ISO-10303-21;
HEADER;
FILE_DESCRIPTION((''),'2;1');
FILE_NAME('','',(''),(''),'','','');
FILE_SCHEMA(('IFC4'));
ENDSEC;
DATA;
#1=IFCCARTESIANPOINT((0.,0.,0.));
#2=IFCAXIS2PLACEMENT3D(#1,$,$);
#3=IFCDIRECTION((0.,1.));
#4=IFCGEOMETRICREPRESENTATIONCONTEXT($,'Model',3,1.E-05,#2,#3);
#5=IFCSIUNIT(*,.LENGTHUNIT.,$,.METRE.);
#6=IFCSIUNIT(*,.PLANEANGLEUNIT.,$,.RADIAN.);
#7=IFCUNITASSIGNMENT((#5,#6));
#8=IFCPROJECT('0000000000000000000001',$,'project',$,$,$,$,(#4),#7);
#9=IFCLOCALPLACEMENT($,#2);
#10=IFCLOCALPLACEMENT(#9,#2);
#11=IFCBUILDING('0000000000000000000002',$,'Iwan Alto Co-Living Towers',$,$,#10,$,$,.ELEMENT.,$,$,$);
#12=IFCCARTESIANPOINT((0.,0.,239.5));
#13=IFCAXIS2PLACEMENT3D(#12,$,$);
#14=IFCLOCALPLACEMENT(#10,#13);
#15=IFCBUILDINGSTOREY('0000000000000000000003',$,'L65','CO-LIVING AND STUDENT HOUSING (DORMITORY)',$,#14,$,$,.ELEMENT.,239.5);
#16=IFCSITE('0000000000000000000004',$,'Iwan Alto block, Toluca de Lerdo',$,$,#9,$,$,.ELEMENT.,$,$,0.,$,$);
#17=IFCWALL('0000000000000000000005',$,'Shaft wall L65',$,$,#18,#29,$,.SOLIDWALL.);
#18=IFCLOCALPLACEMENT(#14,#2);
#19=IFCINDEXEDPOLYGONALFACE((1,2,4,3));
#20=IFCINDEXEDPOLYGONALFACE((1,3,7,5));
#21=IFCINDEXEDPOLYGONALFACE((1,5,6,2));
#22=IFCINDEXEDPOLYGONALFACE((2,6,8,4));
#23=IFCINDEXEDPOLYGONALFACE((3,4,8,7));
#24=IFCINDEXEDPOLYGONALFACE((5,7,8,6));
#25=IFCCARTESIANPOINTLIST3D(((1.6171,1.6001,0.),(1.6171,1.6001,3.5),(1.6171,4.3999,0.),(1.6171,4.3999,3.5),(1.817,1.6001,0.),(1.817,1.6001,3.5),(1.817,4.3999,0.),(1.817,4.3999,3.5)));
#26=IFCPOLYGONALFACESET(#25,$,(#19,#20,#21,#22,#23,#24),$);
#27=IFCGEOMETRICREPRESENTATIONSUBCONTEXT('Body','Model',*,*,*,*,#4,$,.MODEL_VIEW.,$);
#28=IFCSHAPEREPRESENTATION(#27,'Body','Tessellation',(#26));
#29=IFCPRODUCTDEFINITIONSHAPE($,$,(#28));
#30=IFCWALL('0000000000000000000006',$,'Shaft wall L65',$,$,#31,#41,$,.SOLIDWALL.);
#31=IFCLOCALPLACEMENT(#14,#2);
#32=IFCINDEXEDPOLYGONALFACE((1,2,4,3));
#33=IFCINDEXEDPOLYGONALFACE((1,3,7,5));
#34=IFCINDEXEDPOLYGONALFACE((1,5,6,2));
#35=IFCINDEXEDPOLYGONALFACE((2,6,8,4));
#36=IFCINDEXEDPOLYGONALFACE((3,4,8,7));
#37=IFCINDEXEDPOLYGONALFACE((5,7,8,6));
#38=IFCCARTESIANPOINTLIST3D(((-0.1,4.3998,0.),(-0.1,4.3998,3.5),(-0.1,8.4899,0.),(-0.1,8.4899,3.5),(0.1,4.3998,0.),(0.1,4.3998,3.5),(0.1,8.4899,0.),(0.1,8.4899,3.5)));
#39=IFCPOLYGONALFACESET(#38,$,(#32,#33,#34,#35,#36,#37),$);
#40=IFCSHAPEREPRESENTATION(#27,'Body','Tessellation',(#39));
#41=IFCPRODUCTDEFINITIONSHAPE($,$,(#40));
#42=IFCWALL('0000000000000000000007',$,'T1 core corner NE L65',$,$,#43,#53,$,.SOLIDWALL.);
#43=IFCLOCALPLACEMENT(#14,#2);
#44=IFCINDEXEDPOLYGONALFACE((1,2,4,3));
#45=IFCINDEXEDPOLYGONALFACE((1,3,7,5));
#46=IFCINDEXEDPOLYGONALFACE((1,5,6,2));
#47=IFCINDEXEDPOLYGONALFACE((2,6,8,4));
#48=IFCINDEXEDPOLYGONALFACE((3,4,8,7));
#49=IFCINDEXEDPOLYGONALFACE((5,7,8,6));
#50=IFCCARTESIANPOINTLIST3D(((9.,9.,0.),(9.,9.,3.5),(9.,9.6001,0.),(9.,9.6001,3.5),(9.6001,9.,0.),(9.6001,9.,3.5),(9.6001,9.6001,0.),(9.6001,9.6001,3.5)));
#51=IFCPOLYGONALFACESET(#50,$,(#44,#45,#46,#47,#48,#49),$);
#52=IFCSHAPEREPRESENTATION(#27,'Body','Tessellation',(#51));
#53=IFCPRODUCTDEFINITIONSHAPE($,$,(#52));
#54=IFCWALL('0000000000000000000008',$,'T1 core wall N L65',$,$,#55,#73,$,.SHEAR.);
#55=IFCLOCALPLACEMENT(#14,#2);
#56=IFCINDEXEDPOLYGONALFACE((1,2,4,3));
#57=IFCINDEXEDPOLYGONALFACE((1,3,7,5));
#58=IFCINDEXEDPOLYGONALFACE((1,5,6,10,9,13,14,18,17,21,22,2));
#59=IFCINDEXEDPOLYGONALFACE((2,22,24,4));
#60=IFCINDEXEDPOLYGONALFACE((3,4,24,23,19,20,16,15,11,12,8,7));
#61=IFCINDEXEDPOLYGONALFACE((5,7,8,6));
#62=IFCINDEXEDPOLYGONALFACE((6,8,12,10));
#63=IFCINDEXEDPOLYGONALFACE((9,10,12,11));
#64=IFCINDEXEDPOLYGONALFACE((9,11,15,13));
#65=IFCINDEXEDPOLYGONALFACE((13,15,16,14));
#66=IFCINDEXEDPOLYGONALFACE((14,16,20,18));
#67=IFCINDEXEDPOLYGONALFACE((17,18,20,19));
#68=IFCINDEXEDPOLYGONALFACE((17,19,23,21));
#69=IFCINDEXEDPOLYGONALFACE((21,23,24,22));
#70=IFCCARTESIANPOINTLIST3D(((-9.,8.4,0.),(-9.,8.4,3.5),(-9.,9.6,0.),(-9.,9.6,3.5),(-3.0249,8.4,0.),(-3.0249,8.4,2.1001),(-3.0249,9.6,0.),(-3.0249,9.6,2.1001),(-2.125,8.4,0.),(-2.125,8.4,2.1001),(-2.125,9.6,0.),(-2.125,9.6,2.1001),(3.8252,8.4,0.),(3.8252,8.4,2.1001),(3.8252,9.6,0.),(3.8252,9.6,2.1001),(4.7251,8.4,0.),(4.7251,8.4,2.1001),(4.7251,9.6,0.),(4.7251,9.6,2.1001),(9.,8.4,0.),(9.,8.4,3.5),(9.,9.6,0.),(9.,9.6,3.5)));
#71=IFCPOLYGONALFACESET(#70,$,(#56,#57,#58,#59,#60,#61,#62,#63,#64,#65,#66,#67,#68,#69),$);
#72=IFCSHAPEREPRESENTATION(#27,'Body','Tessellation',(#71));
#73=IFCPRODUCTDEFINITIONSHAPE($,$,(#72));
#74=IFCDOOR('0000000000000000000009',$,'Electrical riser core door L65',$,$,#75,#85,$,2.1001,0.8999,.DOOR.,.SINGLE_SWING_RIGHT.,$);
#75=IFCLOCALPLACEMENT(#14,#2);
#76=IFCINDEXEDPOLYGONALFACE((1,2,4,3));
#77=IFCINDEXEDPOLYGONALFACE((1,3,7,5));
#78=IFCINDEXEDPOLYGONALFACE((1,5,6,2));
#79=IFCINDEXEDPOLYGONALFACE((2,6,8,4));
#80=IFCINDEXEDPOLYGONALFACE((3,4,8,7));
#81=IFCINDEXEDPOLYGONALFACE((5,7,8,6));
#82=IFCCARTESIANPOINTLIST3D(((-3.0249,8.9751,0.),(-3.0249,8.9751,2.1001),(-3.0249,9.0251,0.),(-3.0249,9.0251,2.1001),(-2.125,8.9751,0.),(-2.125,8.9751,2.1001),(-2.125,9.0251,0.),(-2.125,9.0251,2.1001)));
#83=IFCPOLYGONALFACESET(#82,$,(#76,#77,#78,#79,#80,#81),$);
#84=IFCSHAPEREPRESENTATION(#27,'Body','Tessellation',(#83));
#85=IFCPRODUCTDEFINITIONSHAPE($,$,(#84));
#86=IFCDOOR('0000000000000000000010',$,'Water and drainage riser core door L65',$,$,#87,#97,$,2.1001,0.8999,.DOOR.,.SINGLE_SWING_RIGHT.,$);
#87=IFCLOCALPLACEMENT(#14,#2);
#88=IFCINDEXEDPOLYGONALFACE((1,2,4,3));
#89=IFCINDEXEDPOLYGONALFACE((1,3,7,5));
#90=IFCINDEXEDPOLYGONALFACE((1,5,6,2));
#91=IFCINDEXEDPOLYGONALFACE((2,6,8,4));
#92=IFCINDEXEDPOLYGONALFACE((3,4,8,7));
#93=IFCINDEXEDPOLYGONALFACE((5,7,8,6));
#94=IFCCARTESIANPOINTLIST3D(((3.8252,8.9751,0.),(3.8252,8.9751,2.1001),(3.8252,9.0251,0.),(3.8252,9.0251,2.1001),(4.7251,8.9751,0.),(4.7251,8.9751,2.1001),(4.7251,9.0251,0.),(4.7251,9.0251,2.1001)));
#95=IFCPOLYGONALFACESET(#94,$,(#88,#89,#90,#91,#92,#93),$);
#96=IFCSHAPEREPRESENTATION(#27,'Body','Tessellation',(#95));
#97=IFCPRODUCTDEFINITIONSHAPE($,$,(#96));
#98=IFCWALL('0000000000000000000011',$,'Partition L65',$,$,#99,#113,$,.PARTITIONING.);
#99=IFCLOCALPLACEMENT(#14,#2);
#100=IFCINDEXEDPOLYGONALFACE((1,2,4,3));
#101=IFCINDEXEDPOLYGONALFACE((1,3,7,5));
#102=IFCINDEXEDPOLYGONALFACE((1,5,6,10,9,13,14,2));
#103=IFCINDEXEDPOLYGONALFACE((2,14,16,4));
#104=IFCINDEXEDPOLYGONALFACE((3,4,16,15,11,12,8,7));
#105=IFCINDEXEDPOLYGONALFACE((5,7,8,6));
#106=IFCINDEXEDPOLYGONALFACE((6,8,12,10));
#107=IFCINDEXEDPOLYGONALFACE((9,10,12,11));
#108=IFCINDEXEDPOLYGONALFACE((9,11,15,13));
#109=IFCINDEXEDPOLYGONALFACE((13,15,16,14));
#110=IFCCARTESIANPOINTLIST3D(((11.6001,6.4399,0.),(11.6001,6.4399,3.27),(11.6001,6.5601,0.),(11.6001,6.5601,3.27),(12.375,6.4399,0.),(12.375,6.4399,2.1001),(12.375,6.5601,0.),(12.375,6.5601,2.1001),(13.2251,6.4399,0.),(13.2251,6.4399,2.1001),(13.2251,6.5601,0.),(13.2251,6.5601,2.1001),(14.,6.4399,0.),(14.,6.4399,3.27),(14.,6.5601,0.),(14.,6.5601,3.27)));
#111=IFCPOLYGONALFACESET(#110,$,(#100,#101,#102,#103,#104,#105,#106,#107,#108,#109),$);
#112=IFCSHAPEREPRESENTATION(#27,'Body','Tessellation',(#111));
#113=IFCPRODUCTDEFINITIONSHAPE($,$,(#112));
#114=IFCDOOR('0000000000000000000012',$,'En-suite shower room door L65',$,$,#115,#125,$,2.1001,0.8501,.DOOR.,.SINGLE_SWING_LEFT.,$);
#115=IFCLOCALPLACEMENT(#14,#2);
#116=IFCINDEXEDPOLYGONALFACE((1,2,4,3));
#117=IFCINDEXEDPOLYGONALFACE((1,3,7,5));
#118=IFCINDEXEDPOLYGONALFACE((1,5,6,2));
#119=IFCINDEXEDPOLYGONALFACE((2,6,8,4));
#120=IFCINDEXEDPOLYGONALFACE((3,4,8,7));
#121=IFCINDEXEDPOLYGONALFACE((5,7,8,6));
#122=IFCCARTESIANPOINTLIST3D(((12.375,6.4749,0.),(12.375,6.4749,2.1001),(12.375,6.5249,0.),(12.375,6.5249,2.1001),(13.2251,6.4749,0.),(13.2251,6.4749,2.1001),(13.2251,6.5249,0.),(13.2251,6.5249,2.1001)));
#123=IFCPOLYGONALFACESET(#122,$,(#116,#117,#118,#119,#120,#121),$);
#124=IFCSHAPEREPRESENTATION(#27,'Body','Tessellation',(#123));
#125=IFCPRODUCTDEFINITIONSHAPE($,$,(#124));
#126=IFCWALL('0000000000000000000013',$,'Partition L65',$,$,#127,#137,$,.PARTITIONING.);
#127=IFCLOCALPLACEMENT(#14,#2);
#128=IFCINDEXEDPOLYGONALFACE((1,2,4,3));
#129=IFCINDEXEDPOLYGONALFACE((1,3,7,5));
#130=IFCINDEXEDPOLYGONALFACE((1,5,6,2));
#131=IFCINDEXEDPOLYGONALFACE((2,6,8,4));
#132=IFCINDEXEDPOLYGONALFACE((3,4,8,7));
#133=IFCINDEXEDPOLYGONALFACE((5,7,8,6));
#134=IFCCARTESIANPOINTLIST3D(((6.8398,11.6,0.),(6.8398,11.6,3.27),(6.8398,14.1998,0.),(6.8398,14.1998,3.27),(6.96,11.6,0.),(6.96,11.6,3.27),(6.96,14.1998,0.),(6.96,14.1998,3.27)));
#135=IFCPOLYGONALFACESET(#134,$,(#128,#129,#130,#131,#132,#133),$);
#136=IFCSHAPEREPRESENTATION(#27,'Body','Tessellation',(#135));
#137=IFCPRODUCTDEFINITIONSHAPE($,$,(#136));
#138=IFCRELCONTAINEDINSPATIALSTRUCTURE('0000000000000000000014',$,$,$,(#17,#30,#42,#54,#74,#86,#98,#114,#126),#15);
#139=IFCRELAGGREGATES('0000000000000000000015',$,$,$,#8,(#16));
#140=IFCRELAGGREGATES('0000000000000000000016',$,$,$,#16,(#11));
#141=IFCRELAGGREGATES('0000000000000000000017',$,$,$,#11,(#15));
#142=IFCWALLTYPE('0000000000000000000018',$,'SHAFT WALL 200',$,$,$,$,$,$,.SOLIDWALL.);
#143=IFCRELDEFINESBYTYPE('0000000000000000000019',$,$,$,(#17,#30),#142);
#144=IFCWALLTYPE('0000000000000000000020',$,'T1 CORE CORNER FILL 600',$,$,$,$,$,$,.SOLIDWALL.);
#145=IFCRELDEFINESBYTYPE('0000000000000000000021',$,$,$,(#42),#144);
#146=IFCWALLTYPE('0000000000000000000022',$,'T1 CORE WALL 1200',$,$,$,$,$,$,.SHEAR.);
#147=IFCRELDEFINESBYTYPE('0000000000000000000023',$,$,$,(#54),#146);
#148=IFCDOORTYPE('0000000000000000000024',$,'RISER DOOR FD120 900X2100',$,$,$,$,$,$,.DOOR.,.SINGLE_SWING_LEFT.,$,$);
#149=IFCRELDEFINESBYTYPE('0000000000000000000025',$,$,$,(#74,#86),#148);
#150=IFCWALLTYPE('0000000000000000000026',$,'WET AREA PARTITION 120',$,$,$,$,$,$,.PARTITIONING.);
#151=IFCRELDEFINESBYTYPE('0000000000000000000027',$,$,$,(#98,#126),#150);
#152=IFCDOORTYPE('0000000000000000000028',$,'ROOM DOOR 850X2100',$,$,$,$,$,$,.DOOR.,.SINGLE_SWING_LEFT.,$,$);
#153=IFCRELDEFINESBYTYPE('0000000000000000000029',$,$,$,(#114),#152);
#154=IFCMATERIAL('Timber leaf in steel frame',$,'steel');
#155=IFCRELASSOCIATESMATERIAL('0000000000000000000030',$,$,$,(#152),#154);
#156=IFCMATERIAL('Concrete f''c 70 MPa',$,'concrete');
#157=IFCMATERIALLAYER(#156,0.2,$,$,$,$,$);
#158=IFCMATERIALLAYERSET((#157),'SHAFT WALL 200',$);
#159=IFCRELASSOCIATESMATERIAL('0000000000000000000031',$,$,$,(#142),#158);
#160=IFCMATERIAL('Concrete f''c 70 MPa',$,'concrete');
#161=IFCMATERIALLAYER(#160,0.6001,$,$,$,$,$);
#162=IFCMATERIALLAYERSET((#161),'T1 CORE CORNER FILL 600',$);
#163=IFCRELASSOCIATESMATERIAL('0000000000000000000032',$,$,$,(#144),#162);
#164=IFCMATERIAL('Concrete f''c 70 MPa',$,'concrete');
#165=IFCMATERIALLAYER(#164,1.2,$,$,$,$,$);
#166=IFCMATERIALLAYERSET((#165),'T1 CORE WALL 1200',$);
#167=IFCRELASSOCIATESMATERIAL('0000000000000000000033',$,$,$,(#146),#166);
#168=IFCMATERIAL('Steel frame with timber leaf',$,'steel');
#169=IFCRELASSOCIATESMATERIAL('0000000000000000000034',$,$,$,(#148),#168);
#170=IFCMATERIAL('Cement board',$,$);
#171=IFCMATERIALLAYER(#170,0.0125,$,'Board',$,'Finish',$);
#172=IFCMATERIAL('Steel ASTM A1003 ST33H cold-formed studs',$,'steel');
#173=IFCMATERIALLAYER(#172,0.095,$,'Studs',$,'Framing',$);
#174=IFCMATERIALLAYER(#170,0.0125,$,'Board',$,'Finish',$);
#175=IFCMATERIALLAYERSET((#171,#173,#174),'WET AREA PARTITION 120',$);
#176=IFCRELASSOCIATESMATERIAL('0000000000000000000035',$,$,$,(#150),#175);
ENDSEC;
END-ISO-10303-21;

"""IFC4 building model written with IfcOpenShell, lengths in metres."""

from ifc_helpers import new_model, si_unit, direction, frame, frame_2d, origin, place, context, subcontext, project, spatial, rectangle, extrude, material, layer, layer_set, type_object, element, fill, save


model = new_model("IFC4")

# Units and contexts
model_context = context("Model", 3, precision=1e-05, world=origin(), true_north=direction((0.0, 1.0)))
body_context = subcontext(model_context, "Body", "Model", "MODEL_VIEW")
ifc_project = project(units=[si_unit("LENGTHUNIT", "METRE"), si_unit("PLANEANGLEUNIT", "RADIAN")], contexts=[model_context])

# Site, building, storey
site_placement = place(None, origin())
site = spatial("IfcSite", under=ifc_project, at=site_placement, Name="Iwan Alto block, Toluca de Lerdo", CompositionType="ELEMENT", RefElevation=0.0)
building_placement = place(site_placement, origin())
building = spatial("IfcBuilding", under=site, at=building_placement, Name="Iwan Alto Co-Living Towers", CompositionType="ELEMENT")
storey_placement = place(building_placement, frame((0.0, 0.0, 239.5)))
storey = spatial("IfcBuildingStorey", under=building, at=storey_placement, Name="L65", Description="CO-LIVING AND STUDENT HOUSING (DORMITORY)", CompositionType="ELEMENT", Elevation=239.5)

# Shared definitions
ifc_material_1 = material(Name="Steel ASTM A1003 ST33H cold-formed studs", Category="steel")
ifc_material_2 = material(Name="Timber leaf in steel frame", Category="steel")
door_type_1 = type_object("IfcDoorType", Name="ROOM DOOR 850X2100", OperationType="SINGLE_SWING_LEFT", PredefinedType="DOOR", material=ifc_material_2)

# Walls
ifc_material_3 = material(Name="Concrete f'c 70 MPa", Category="concrete")
ifc_layer_1 = layer(ifc_material_3, 0.2)
ifc_layer_set_1 = layer_set([ifc_layer_1], Name="SHAFT WALL 200")
wall_type_1 = type_object("IfcWallType", Name="SHAFT WALL 200", PredefinedType="SOLIDWALL", material=ifc_layer_set_1)
wall_1_placement = place(storey_placement, frame((1.717, 1.6001, 0.0), z_axis=(0.0, 0.0, 1.0), x_axis=(0.0, 1.0, 0.0)))
element("IfcWall", 1, at=wall_1_placement, inside=storey, type_object=wall_type_1, Name="Shaft wall L65", PredefinedType="SOLIDWALL", context=body_context, shape_type="SweptSolid", body=[
    extrude(rectangle(XDim=2.7998, YDim=0.2, at=frame_2d((1.3999, 0.0))), origin(), (0.0, 0.0, 1.0), 3.5),
])
wall_2_placement = place(storey_placement, frame((0.0, 4.3999, 0.0), z_axis=(0.0, 0.0, 1.0), x_axis=(0.0, 1.0, 0.0)))
element("IfcWall", 2, at=wall_2_placement, inside=storey, type_object=wall_type_1, Name="Shaft wall L65", PredefinedType="SOLIDWALL", context=body_context, shape_type="SweptSolid", body=[
    extrude(rectangle(XDim=4.0901, YDim=0.2, at=frame_2d((2.0449, 0.0))), origin(), (0.0, 0.0, 1.0), 3.5),
])
ifc_material_4 = material(Name="Concrete f'c 70 MPa", Category="concrete")
ifc_layer_2 = layer(ifc_material_4, 0.6001)
ifc_layer_set_2 = layer_set([ifc_layer_2], Name="T1 CORE CORNER FILL 600")
wall_type_2 = type_object("IfcWallType", Name="T1 CORE CORNER FILL 600", PredefinedType="SOLIDWALL", material=ifc_layer_set_2)
wall_3_placement = place(storey_placement, frame((9.0, 9.3, 0.0), z_axis=(0.0, 0.0, 1.0), x_axis=(1.0, 0.0, 0.0)))
element("IfcWall", 3, at=wall_3_placement, inside=storey, type_object=wall_type_2, Name="T1 core corner NE L65", PredefinedType="SOLIDWALL", context=body_context, shape_type="SweptSolid", body=[
    extrude(rectangle(XDim=0.6001, YDim=0.6001, at=frame_2d((0.3, 0.0))), origin(), (0.0, 0.0, 1.0), 3.5),
])

# Wall, openings, doors
ifc_material_5 = material(Name="Concrete f'c 70 MPa", Category="concrete")
ifc_layer_3 = layer(ifc_material_5, 1.2)
ifc_layer_set_3 = layer_set([ifc_layer_3], Name="T1 CORE WALL 1200")
wall_type_3 = type_object("IfcWallType", Name="T1 CORE WALL 1200", PredefinedType="SHEAR", material=ifc_layer_set_3)
wall_4_placement = place(storey_placement, frame((9.0, 9.0, 0.0), z_axis=(0.0, 0.0, 1.0), x_axis=(-1.0, 0.0, 0.0)))
wall_4 = element("IfcWall", 4, at=wall_4_placement, inside=storey, type_object=wall_type_3, Name="T1 core wall N L65", PredefinedType="SHEAR", context=body_context, shape_type="SweptSolid", body=[
    extrude(rectangle(XDim=18.0, YDim=1.2, at=frame_2d((9.0, 0.0))), origin(), (0.0, 0.0, 1.0), 3.5),
])
opening_1_placement = place(wall_4_placement, frame((11.125, 0.0, 0.0)))
opening_1 = element("IfcOpeningElement", 5, at=opening_1_placement, cuts=wall_4, PredefinedType="OPENING", context=body_context, shape_type="SweptSolid", body=[
    extrude(rectangle(XDim=0.8999, YDim=2.1001, at=frame_2d((0.45, 1.05))), frame((0.0, 0.6099, 0.0), z_axis=(0.0, -1.0, 0.0), x_axis=(1.0, 0.0, 0.0)), (0.0, 0.0, 1.0), 1.22),
])
opening_2_placement = place(wall_4_placement, frame((4.2749, 0.0, 0.0)))
opening_2 = element("IfcOpeningElement", 6, at=opening_2_placement, cuts=wall_4, PredefinedType="OPENING", context=body_context, shape_type="SweptSolid", body=[
    extrude(rectangle(XDim=0.8999, YDim=2.1001, at=frame_2d((0.45, 1.05))), frame((0.0, 0.6099, 0.0), z_axis=(0.0, -1.0, 0.0), x_axis=(1.0, 0.0, 0.0)), (0.0, 0.0, 1.0), 1.22),
])
ifc_material_6 = material(Name="Steel frame with timber leaf", Category="steel")
door_type_2 = type_object("IfcDoorType", Name="RISER DOOR FD120 900X2100", OperationType="SINGLE_SWING_LEFT", PredefinedType="DOOR", material=ifc_material_6)
door_1_placement = place(opening_1_placement, origin())
door_1 = element("IfcDoor", 7, at=door_1_placement, inside=storey, type_object=door_type_2, Name="Electrical riser core door L65", OperationType="SINGLE_SWING_RIGHT", OverallHeight=2.1001, OverallWidth=0.8999, PredefinedType="DOOR", context=body_context, shape_type="SweptSolid", body=[
    extrude(rectangle(XDim=0.8999, YDim=2.1001, at=frame_2d((0.45, 1.05))), frame((0.0, 0.0249, 0.0), z_axis=(0.0, -1.0, 0.0), x_axis=(1.0, 0.0, 0.0)), (0.0, 0.0, 1.0), 0.05),
])
fill(opening_1, door_1)
door_2_placement = place(opening_2_placement, origin())
door_2 = element("IfcDoor", 8, at=door_2_placement, inside=storey, type_object=door_type_2, Name="Water and drainage riser core door L65", OperationType="SINGLE_SWING_RIGHT", OverallHeight=2.1001, OverallWidth=0.8999, PredefinedType="DOOR", context=body_context, shape_type="SweptSolid", body=[
    extrude(rectangle(XDim=0.8999, YDim=2.1001, at=frame_2d((0.45, 1.05))), frame((0.0, 0.0249, 0.0), z_axis=(0.0, -1.0, 0.0), x_axis=(1.0, 0.0, 0.0)), (0.0, 0.0, 1.0), 0.05),
])
fill(opening_2, door_2)

# Wall, opening, door
ifc_material_7 = material(Name="Cement board")
ifc_layer_4 = layer(ifc_material_7, 0.0125, Name="Board", Category="Finish")
ifc_layer_5 = layer(ifc_material_1, 0.095, Name="Studs", Category="Framing")
ifc_layer_6 = layer(ifc_material_7, 0.0125, Name="Board", Category="Finish")
ifc_layer_set_4 = layer_set([ifc_layer_4, ifc_layer_5, ifc_layer_6], Name="WET AREA PARTITION 120")
wall_type_4 = type_object("IfcWallType", Name="WET AREA PARTITION 120", PredefinedType="PARTITIONING", material=ifc_layer_set_4)
wall_5_placement = place(storey_placement, frame((11.6001, 6.5, 0.0), z_axis=(0.0, 0.0, 1.0), x_axis=(1.0, 0.0, 0.0)))
wall_5 = element("IfcWall", 9, at=wall_5_placement, inside=storey, type_object=wall_type_4, Name="Partition L65", PredefinedType="PARTITIONING", context=body_context, shape_type="SweptSolid", body=[
    extrude(rectangle(XDim=2.3999, YDim=0.1201, at=frame_2d((1.2, 0.0))), origin(), (0.0, 0.0, 1.0), 3.27),
])
opening_3_placement = place(wall_5_placement, frame((0.7749, 0.0, 0.0)))
opening_3 = element("IfcOpeningElement", 10, at=opening_3_placement, cuts=wall_5, PredefinedType="OPENING", context=body_context, shape_type="SweptSolid", body=[
    extrude(rectangle(XDim=0.8501, YDim=2.1001, at=frame_2d((0.425, 1.05))), frame((0.0, 0.0701, 0.0), z_axis=(0.0, -1.0, 0.0), x_axis=(1.0, 0.0, 0.0)), (0.0, 0.0, 1.0), 0.1401),
])
door_3_placement = place(opening_3_placement, origin())
door_3 = element("IfcDoor", 11, at=door_3_placement, inside=storey, type_object=door_type_1, Name="En-suite shower room door L65", OperationType="SINGLE_SWING_LEFT", OverallHeight=2.1001, OverallWidth=0.8501, PredefinedType="DOOR", context=body_context, shape_type="SweptSolid", body=[
    extrude(rectangle(XDim=0.8501, YDim=2.1001, at=frame_2d((0.425, 1.05))), frame((0.0, 0.0249, 0.0), z_axis=(0.0, -1.0, 0.0), x_axis=(1.0, 0.0, 0.0)), (0.0, 0.0, 1.0), 0.05),
])
fill(opening_3, door_3)

# Wall
wall_6_placement = place(storey_placement, frame((6.8999, 11.6001, 0.0), z_axis=(0.0, 0.0, 1.0), x_axis=(0.0, 1.0, 0.0)))
element("IfcWall", 12, at=wall_6_placement, inside=storey, type_object=wall_type_4, Name="Partition L65", PredefinedType="PARTITIONING", context=body_context, shape_type="SweptSolid", body=[
    extrude(rectangle(XDim=2.5999, YDim=0.1201, at=frame_2d((1.2998, 0.0))), origin(), (0.0, 0.0, 1.0), 3.27),
])

save(model, "model.ifc")
